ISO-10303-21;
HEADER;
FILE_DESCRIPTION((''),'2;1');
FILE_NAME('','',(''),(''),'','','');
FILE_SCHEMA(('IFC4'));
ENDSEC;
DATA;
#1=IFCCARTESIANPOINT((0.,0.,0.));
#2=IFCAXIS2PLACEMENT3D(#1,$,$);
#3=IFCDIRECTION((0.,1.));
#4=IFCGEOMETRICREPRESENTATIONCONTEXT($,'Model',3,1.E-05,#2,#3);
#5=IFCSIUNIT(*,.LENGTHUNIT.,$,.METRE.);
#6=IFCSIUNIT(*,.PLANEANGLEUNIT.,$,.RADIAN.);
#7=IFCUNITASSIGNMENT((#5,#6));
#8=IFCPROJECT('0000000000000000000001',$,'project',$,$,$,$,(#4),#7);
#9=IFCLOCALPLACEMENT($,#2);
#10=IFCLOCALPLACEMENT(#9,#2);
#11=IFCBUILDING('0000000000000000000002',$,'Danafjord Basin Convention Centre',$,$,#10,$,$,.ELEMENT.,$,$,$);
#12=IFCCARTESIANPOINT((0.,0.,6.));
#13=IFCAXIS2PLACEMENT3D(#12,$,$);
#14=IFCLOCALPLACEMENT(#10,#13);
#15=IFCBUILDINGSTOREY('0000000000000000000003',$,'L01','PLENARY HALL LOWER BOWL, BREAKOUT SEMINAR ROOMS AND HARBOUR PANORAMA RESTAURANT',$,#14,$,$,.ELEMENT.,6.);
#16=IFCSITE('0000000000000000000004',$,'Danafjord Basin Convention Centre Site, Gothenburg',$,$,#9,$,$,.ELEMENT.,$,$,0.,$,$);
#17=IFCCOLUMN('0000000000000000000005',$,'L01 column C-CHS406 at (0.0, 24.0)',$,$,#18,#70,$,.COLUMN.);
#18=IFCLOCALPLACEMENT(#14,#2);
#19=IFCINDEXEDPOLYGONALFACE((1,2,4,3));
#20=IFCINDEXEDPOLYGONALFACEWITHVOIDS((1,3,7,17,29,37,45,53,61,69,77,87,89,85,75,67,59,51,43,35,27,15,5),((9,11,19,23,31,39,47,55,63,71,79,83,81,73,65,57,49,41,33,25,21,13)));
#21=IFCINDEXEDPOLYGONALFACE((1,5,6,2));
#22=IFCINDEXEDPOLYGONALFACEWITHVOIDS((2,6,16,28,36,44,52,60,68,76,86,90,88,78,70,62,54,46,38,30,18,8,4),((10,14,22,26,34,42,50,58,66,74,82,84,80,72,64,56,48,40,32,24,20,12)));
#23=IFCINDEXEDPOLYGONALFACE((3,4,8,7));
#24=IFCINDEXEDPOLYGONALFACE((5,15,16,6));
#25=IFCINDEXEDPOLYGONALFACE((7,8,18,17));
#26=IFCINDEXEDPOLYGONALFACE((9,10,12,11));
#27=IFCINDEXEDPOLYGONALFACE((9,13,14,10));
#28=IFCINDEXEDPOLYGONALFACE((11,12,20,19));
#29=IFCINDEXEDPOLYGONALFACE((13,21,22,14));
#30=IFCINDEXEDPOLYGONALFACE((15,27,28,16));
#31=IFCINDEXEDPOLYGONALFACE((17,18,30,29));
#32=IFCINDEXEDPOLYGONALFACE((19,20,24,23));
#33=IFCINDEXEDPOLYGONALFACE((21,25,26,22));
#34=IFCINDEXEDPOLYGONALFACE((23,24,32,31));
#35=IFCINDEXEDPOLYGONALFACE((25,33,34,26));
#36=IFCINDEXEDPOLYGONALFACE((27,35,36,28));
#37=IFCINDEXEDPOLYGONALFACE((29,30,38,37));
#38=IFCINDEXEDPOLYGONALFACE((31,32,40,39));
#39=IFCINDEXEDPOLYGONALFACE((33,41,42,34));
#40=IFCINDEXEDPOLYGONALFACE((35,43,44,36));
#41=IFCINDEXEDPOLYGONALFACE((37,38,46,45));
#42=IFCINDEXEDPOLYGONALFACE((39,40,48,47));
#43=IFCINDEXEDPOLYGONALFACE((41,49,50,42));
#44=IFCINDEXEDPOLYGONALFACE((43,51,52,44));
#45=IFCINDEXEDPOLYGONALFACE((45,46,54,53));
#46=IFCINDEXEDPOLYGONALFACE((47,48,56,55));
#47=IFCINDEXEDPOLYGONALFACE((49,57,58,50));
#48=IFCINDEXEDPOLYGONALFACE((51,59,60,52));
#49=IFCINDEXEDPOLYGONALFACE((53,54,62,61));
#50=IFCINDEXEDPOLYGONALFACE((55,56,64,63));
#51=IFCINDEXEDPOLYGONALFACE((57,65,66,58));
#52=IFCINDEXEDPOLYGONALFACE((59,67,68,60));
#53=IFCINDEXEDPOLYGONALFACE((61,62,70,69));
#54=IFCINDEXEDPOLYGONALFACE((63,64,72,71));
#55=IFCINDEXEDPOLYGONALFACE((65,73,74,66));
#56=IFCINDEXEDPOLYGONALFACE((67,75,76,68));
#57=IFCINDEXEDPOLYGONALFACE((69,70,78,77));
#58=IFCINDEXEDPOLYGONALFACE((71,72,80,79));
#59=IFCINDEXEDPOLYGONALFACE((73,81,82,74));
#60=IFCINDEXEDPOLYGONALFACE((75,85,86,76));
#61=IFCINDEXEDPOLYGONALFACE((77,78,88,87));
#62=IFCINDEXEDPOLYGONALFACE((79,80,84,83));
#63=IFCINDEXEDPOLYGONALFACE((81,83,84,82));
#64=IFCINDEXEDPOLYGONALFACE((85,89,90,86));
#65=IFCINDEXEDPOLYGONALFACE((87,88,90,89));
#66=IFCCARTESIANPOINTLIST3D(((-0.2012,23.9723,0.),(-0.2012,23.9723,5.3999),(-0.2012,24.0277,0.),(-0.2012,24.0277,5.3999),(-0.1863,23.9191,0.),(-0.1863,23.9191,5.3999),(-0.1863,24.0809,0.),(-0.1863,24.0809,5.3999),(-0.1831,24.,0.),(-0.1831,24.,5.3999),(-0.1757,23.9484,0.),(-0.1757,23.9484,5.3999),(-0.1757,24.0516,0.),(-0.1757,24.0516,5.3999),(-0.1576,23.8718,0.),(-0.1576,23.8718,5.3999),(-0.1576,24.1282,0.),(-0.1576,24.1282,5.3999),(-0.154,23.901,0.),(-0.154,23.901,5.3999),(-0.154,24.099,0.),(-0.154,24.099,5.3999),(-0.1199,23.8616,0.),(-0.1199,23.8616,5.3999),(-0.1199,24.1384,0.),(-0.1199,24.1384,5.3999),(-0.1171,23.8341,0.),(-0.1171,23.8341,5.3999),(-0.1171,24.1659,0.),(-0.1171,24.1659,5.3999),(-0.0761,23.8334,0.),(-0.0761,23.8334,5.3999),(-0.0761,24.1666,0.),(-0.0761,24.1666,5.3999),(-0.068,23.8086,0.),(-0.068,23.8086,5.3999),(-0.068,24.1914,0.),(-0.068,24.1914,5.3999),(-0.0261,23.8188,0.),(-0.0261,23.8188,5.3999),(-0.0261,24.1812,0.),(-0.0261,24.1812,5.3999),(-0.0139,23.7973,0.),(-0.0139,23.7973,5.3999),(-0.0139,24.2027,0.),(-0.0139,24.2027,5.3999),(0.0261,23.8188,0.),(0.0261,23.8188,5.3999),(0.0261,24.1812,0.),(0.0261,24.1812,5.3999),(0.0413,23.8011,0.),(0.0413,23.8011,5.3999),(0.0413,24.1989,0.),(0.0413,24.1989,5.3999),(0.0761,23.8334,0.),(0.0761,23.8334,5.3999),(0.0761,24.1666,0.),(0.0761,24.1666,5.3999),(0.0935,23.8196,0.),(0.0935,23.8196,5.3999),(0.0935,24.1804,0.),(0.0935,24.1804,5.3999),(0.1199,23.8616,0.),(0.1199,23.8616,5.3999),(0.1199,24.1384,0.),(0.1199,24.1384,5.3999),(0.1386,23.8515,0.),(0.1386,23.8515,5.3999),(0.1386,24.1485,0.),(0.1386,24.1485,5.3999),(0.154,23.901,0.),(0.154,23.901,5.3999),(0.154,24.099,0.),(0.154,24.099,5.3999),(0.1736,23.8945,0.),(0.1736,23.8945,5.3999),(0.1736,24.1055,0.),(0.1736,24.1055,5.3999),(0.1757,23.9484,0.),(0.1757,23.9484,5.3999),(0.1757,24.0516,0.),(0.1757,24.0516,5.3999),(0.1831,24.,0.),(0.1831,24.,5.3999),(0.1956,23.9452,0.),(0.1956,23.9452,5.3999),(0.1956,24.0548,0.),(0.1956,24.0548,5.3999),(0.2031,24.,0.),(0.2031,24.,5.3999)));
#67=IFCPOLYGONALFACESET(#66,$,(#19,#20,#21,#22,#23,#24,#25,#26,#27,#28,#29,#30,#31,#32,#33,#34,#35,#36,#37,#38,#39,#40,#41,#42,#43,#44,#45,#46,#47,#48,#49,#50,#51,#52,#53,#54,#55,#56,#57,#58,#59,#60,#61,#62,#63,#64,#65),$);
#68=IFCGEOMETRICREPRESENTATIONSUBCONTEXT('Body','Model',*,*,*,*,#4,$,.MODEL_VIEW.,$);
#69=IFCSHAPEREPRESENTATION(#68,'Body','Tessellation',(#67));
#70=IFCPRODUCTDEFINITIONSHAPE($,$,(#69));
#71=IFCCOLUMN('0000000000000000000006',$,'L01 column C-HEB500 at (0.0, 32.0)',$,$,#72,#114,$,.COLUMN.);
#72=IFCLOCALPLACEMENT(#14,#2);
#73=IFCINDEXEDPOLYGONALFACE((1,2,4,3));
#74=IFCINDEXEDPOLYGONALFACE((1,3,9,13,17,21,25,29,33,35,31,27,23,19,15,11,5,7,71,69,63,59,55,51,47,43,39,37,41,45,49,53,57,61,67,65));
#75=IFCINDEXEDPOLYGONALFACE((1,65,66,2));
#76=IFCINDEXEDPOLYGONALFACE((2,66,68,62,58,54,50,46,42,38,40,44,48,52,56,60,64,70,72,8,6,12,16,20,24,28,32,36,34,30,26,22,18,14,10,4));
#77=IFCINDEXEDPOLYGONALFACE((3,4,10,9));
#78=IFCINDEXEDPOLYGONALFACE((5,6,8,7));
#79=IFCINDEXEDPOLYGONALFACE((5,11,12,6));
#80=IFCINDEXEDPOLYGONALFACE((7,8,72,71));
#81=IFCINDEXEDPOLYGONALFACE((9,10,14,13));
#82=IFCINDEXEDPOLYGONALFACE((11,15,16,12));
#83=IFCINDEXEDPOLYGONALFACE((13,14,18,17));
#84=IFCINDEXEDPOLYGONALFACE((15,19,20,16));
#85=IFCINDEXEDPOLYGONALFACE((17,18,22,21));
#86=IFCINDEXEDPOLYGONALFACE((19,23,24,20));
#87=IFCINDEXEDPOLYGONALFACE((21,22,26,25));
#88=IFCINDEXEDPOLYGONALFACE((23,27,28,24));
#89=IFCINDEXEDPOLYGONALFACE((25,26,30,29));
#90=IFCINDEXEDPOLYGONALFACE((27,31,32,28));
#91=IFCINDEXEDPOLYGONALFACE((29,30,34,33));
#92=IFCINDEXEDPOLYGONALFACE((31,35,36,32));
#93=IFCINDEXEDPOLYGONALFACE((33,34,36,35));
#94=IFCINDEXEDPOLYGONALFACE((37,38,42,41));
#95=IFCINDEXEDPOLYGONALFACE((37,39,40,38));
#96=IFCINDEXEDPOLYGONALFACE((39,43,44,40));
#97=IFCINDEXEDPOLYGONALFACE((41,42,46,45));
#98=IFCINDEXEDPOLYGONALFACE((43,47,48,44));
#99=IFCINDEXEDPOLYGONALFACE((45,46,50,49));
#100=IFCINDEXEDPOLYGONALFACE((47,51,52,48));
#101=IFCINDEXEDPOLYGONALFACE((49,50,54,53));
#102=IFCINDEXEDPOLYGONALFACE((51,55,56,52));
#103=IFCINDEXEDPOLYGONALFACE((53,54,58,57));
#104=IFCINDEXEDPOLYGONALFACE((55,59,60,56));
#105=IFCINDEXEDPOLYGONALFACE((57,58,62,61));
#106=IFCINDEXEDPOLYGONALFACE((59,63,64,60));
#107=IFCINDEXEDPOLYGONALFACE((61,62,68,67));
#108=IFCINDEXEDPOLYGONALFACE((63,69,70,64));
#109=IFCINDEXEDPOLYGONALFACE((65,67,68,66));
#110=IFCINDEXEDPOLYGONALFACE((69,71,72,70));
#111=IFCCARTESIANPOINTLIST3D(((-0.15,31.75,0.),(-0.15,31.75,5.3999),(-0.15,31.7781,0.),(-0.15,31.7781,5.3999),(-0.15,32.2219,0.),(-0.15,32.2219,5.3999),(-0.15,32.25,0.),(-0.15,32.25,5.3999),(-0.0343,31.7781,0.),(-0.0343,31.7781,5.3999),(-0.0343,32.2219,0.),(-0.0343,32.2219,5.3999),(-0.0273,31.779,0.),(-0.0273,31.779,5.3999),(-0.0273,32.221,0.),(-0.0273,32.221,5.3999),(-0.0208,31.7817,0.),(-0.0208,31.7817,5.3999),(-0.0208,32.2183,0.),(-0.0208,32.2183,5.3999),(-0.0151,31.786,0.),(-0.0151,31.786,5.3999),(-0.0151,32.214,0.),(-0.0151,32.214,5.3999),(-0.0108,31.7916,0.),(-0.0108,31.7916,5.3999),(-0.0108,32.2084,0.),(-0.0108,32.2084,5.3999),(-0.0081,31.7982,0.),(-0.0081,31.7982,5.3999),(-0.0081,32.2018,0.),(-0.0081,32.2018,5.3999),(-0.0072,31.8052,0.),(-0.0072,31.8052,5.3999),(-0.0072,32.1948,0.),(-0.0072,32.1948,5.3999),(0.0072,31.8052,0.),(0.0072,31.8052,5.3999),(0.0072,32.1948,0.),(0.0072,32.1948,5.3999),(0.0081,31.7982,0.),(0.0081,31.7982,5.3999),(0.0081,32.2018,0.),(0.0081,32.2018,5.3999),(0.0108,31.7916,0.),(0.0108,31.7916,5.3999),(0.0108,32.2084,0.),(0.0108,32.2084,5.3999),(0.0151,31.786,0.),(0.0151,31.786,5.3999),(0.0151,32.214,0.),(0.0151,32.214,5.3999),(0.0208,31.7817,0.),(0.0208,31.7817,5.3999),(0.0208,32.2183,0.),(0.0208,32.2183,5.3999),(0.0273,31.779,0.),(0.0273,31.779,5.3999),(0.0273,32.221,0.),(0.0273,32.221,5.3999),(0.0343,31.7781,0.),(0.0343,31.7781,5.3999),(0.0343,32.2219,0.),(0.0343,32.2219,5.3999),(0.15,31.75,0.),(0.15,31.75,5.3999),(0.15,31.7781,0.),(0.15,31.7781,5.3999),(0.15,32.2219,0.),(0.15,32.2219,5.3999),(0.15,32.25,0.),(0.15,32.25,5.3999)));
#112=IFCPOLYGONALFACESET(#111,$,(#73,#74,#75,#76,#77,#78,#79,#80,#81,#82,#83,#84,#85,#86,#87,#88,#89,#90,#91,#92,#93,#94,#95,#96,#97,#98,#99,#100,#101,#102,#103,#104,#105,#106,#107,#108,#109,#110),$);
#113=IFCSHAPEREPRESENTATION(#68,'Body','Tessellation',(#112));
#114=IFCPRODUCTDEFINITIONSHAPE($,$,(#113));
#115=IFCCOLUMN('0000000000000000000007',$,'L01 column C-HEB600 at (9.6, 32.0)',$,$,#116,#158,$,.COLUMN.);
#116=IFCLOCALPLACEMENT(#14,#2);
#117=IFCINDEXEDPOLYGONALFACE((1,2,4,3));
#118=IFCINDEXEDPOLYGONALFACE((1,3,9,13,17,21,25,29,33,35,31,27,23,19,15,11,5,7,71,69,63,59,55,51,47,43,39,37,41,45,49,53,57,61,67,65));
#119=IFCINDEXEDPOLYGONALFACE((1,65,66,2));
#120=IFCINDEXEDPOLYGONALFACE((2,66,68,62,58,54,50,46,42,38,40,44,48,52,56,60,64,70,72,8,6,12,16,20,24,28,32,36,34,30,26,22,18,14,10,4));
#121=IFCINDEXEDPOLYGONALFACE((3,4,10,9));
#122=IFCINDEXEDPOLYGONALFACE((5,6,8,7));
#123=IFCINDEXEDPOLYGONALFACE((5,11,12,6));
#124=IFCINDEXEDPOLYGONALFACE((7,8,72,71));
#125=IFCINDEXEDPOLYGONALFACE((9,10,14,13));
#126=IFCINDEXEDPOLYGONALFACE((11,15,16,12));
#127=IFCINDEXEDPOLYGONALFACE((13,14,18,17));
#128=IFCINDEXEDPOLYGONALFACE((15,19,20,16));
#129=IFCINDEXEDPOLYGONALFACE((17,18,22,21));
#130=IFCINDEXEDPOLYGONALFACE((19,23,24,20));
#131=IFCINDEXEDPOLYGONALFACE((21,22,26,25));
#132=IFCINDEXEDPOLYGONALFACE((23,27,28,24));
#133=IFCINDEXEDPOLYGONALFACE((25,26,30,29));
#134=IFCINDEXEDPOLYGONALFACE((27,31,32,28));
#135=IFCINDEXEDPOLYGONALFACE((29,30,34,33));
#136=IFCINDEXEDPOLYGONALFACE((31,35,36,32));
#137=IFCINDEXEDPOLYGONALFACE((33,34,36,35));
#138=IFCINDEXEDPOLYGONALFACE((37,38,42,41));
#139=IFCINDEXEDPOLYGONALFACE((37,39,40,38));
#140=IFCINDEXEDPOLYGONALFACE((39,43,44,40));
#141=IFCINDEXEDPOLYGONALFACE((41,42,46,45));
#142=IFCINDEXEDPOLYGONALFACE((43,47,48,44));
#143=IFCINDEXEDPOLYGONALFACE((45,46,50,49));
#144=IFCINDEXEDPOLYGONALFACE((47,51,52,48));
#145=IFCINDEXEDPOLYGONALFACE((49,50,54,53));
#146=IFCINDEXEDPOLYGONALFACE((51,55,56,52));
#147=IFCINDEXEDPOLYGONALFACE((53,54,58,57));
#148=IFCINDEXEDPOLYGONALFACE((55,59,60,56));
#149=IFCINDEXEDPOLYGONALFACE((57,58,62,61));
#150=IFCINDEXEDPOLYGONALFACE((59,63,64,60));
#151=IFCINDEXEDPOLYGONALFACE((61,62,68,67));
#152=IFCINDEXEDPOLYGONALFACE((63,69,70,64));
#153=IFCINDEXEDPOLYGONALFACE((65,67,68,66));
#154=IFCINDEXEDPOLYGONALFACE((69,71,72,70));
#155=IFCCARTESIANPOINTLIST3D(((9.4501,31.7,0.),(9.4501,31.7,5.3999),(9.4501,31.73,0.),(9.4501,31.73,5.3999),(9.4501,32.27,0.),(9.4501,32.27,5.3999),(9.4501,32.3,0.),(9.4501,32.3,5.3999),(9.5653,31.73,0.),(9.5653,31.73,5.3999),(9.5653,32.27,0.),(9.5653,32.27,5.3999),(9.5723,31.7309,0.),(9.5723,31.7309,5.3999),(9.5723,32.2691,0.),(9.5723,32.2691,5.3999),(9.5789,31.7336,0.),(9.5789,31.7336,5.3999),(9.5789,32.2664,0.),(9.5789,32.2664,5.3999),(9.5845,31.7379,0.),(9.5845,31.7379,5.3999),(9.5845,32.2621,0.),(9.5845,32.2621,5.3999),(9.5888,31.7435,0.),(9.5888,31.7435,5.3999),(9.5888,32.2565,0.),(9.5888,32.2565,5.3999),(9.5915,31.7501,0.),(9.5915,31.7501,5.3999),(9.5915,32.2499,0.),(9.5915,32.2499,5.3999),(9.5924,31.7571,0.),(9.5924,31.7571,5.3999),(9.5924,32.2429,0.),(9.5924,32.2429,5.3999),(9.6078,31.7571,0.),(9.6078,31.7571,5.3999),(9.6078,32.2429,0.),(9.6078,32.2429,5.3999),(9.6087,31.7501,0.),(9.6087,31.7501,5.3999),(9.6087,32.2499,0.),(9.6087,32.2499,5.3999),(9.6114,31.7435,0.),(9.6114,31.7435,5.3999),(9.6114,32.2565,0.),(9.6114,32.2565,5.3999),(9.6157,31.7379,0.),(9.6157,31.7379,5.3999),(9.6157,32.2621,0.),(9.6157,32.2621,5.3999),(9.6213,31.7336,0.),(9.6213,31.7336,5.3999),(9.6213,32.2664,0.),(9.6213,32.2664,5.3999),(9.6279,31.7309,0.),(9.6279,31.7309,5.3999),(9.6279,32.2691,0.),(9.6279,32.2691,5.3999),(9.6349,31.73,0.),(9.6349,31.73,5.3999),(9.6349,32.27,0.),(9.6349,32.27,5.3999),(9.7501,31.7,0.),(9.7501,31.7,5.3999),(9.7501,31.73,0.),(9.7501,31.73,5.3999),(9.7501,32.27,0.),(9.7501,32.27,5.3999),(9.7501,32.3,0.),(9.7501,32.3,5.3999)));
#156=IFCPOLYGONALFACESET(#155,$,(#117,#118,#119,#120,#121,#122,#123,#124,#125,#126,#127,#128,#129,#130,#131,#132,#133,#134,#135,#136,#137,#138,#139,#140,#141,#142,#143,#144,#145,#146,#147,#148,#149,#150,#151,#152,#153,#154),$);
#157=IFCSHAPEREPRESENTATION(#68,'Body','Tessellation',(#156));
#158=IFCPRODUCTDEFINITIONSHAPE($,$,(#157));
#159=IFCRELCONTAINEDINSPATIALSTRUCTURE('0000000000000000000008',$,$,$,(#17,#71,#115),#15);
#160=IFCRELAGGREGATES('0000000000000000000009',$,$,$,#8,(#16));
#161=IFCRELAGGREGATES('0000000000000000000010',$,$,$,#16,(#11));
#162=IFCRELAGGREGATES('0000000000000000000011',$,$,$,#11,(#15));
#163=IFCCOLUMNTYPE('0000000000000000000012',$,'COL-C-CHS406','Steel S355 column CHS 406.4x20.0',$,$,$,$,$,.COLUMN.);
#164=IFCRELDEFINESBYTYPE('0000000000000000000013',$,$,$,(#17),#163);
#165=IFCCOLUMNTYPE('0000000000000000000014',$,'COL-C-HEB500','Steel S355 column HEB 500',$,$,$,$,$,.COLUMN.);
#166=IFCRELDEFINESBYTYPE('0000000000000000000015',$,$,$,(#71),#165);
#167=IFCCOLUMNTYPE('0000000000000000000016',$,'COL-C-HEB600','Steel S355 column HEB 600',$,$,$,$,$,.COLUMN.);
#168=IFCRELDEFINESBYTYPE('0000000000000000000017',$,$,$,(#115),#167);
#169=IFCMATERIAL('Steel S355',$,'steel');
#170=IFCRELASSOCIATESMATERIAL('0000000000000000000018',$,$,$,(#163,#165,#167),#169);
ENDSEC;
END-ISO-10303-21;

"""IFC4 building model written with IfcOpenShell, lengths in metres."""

from ifc_helpers import new_model, si_unit, direction, frame, origin, origin_2d, place, context, subcontext, project, spatial, hollow_circle, i_section, extrude, material, material_profile, profile_set, type_object, element, save


model = new_model("IFC4")

# Units and contexts
model_context = context("Model", 3, precision=1e-05, world=origin(), true_north=direction((0.0, 1.0)))
body_context = subcontext(model_context, "Body", "Model", "MODEL_VIEW")
ifc_project = project(units=[si_unit("LENGTHUNIT", "METRE"), si_unit("PLANEANGLEUNIT", "RADIAN")], contexts=[model_context])

# Site, building, storey
site_placement = place(None, origin())
site = spatial("IfcSite", under=ifc_project, at=site_placement, Name="Danafjord Basin Convention Centre Site, Gothenburg", CompositionType="ELEMENT", RefElevation=0.0)
building_placement = place(site_placement, origin())
building = spatial("IfcBuilding", under=site, at=building_placement, Name="Danafjord Basin Convention Centre", CompositionType="ELEMENT")
storey_placement = place(building_placement, frame((0.0, 0.0, 6.0)))
storey = spatial("IfcBuildingStorey", under=building, at=storey_placement, Name="L01", Description="PLENARY HALL LOWER BOWL, BREAKOUT SEMINAR ROOMS AND HARBOUR PANORAMA RESTAURANT", CompositionType="ELEMENT", Elevation=6.0)

# Columns
ifc_material_1 = material(Name="Steel S355", Category="steel")
ifc_material_profile_1 = material_profile(ifc_material_1, hollow_circle(Radius=0.2031, WallThickness=0.02, at=origin_2d()), Name="CHS 406.4x20.0")
ifc_profile_set_1 = profile_set([ifc_material_profile_1], Name="Steel S355")
column_type_1 = type_object("IfcColumnType", Name="COL-C-CHS406", Description="Steel S355 column CHS 406.4x20.0", PredefinedType="COLUMN", material=ifc_profile_set_1)
column_1_placement = place(storey_placement, frame((0.0, 24.0, 0.0), z_axis=(0.0, 0.0, 1.0), x_axis=(1.0, 0.0, 0.0)))
element("IfcColumn", 1, at=column_1_placement, inside=storey, type_object=column_type_1, Name="L01 column C-CHS406 at (0.0, 24.0)", PredefinedType="COLUMN", context=body_context, shape_type="SweptSolid", body=[
    extrude(hollow_circle(Radius=0.2031, WallThickness=0.02, at=origin_2d()), origin(), (0.0, 0.0, 1.0), 5.3999),
])
ifc_material_profile_2 = material_profile(ifc_material_1, i_section(OverallWidth=0.3, OverallDepth=0.5, WebThickness=0.0144, FlangeThickness=0.0281, FilletRadius=0.0271, at=origin_2d()), Name="HEB 500")
ifc_profile_set_2 = profile_set([ifc_material_profile_2], Name="Steel S355")
column_type_2 = type_object("IfcColumnType", Name="COL-C-HEB500", Description="Steel S355 column HEB 500", PredefinedType="COLUMN", material=ifc_profile_set_2)
column_2_placement = place(storey_placement, frame((0.0, 32.0, 0.0), z_axis=(0.0, 0.0, 1.0), x_axis=(1.0, 0.0, 0.0)))
element("IfcColumn", 2, at=column_2_placement, inside=storey, type_object=column_type_2, Name="L01 column C-HEB500 at (0.0, 32.0)", PredefinedType="COLUMN", context=body_context, shape_type="SweptSolid", body=[
    extrude(i_section(OverallWidth=0.3, OverallDepth=0.5, WebThickness=0.0144, FlangeThickness=0.0281, FilletRadius=0.0271, at=origin_2d()), origin(), (0.0, 0.0, 1.0), 5.3999),
])
ifc_material_profile_3 = material_profile(ifc_material_1, i_section(OverallWidth=0.3, OverallDepth=0.6001, WebThickness=0.0154, FlangeThickness=0.03, FilletRadius=0.0271, at=origin_2d()), Name="HEB 600")
ifc_profile_set_3 = profile_set([ifc_material_profile_3], Name="Steel S355")
column_type_3 = type_object("IfcColumnType", Name="COL-C-HEB600", Description="Steel S355 column HEB 600", PredefinedType="COLUMN", material=ifc_profile_set_3)
column_3_placement = place(storey_placement, frame((9.6001, 32.0, 0.0), z_axis=(0.0, 0.0, 1.0), x_axis=(1.0, 0.0, 0.0)))
element("IfcColumn", 3, at=column_3_placement, inside=storey, type_object=column_type_3, Name="L01 column C-HEB600 at (9.6, 32.0)", PredefinedType="COLUMN", context=body_context, shape_type="SweptSolid", body=[
    extrude(i_section(OverallWidth=0.3, OverallDepth=0.6001, WebThickness=0.0154, FlangeThickness=0.03, FilletRadius=0.0271, at=origin_2d()), origin(), (0.0, 0.0, 1.0), 5.3999),
])

save(model, "model.ifc")
